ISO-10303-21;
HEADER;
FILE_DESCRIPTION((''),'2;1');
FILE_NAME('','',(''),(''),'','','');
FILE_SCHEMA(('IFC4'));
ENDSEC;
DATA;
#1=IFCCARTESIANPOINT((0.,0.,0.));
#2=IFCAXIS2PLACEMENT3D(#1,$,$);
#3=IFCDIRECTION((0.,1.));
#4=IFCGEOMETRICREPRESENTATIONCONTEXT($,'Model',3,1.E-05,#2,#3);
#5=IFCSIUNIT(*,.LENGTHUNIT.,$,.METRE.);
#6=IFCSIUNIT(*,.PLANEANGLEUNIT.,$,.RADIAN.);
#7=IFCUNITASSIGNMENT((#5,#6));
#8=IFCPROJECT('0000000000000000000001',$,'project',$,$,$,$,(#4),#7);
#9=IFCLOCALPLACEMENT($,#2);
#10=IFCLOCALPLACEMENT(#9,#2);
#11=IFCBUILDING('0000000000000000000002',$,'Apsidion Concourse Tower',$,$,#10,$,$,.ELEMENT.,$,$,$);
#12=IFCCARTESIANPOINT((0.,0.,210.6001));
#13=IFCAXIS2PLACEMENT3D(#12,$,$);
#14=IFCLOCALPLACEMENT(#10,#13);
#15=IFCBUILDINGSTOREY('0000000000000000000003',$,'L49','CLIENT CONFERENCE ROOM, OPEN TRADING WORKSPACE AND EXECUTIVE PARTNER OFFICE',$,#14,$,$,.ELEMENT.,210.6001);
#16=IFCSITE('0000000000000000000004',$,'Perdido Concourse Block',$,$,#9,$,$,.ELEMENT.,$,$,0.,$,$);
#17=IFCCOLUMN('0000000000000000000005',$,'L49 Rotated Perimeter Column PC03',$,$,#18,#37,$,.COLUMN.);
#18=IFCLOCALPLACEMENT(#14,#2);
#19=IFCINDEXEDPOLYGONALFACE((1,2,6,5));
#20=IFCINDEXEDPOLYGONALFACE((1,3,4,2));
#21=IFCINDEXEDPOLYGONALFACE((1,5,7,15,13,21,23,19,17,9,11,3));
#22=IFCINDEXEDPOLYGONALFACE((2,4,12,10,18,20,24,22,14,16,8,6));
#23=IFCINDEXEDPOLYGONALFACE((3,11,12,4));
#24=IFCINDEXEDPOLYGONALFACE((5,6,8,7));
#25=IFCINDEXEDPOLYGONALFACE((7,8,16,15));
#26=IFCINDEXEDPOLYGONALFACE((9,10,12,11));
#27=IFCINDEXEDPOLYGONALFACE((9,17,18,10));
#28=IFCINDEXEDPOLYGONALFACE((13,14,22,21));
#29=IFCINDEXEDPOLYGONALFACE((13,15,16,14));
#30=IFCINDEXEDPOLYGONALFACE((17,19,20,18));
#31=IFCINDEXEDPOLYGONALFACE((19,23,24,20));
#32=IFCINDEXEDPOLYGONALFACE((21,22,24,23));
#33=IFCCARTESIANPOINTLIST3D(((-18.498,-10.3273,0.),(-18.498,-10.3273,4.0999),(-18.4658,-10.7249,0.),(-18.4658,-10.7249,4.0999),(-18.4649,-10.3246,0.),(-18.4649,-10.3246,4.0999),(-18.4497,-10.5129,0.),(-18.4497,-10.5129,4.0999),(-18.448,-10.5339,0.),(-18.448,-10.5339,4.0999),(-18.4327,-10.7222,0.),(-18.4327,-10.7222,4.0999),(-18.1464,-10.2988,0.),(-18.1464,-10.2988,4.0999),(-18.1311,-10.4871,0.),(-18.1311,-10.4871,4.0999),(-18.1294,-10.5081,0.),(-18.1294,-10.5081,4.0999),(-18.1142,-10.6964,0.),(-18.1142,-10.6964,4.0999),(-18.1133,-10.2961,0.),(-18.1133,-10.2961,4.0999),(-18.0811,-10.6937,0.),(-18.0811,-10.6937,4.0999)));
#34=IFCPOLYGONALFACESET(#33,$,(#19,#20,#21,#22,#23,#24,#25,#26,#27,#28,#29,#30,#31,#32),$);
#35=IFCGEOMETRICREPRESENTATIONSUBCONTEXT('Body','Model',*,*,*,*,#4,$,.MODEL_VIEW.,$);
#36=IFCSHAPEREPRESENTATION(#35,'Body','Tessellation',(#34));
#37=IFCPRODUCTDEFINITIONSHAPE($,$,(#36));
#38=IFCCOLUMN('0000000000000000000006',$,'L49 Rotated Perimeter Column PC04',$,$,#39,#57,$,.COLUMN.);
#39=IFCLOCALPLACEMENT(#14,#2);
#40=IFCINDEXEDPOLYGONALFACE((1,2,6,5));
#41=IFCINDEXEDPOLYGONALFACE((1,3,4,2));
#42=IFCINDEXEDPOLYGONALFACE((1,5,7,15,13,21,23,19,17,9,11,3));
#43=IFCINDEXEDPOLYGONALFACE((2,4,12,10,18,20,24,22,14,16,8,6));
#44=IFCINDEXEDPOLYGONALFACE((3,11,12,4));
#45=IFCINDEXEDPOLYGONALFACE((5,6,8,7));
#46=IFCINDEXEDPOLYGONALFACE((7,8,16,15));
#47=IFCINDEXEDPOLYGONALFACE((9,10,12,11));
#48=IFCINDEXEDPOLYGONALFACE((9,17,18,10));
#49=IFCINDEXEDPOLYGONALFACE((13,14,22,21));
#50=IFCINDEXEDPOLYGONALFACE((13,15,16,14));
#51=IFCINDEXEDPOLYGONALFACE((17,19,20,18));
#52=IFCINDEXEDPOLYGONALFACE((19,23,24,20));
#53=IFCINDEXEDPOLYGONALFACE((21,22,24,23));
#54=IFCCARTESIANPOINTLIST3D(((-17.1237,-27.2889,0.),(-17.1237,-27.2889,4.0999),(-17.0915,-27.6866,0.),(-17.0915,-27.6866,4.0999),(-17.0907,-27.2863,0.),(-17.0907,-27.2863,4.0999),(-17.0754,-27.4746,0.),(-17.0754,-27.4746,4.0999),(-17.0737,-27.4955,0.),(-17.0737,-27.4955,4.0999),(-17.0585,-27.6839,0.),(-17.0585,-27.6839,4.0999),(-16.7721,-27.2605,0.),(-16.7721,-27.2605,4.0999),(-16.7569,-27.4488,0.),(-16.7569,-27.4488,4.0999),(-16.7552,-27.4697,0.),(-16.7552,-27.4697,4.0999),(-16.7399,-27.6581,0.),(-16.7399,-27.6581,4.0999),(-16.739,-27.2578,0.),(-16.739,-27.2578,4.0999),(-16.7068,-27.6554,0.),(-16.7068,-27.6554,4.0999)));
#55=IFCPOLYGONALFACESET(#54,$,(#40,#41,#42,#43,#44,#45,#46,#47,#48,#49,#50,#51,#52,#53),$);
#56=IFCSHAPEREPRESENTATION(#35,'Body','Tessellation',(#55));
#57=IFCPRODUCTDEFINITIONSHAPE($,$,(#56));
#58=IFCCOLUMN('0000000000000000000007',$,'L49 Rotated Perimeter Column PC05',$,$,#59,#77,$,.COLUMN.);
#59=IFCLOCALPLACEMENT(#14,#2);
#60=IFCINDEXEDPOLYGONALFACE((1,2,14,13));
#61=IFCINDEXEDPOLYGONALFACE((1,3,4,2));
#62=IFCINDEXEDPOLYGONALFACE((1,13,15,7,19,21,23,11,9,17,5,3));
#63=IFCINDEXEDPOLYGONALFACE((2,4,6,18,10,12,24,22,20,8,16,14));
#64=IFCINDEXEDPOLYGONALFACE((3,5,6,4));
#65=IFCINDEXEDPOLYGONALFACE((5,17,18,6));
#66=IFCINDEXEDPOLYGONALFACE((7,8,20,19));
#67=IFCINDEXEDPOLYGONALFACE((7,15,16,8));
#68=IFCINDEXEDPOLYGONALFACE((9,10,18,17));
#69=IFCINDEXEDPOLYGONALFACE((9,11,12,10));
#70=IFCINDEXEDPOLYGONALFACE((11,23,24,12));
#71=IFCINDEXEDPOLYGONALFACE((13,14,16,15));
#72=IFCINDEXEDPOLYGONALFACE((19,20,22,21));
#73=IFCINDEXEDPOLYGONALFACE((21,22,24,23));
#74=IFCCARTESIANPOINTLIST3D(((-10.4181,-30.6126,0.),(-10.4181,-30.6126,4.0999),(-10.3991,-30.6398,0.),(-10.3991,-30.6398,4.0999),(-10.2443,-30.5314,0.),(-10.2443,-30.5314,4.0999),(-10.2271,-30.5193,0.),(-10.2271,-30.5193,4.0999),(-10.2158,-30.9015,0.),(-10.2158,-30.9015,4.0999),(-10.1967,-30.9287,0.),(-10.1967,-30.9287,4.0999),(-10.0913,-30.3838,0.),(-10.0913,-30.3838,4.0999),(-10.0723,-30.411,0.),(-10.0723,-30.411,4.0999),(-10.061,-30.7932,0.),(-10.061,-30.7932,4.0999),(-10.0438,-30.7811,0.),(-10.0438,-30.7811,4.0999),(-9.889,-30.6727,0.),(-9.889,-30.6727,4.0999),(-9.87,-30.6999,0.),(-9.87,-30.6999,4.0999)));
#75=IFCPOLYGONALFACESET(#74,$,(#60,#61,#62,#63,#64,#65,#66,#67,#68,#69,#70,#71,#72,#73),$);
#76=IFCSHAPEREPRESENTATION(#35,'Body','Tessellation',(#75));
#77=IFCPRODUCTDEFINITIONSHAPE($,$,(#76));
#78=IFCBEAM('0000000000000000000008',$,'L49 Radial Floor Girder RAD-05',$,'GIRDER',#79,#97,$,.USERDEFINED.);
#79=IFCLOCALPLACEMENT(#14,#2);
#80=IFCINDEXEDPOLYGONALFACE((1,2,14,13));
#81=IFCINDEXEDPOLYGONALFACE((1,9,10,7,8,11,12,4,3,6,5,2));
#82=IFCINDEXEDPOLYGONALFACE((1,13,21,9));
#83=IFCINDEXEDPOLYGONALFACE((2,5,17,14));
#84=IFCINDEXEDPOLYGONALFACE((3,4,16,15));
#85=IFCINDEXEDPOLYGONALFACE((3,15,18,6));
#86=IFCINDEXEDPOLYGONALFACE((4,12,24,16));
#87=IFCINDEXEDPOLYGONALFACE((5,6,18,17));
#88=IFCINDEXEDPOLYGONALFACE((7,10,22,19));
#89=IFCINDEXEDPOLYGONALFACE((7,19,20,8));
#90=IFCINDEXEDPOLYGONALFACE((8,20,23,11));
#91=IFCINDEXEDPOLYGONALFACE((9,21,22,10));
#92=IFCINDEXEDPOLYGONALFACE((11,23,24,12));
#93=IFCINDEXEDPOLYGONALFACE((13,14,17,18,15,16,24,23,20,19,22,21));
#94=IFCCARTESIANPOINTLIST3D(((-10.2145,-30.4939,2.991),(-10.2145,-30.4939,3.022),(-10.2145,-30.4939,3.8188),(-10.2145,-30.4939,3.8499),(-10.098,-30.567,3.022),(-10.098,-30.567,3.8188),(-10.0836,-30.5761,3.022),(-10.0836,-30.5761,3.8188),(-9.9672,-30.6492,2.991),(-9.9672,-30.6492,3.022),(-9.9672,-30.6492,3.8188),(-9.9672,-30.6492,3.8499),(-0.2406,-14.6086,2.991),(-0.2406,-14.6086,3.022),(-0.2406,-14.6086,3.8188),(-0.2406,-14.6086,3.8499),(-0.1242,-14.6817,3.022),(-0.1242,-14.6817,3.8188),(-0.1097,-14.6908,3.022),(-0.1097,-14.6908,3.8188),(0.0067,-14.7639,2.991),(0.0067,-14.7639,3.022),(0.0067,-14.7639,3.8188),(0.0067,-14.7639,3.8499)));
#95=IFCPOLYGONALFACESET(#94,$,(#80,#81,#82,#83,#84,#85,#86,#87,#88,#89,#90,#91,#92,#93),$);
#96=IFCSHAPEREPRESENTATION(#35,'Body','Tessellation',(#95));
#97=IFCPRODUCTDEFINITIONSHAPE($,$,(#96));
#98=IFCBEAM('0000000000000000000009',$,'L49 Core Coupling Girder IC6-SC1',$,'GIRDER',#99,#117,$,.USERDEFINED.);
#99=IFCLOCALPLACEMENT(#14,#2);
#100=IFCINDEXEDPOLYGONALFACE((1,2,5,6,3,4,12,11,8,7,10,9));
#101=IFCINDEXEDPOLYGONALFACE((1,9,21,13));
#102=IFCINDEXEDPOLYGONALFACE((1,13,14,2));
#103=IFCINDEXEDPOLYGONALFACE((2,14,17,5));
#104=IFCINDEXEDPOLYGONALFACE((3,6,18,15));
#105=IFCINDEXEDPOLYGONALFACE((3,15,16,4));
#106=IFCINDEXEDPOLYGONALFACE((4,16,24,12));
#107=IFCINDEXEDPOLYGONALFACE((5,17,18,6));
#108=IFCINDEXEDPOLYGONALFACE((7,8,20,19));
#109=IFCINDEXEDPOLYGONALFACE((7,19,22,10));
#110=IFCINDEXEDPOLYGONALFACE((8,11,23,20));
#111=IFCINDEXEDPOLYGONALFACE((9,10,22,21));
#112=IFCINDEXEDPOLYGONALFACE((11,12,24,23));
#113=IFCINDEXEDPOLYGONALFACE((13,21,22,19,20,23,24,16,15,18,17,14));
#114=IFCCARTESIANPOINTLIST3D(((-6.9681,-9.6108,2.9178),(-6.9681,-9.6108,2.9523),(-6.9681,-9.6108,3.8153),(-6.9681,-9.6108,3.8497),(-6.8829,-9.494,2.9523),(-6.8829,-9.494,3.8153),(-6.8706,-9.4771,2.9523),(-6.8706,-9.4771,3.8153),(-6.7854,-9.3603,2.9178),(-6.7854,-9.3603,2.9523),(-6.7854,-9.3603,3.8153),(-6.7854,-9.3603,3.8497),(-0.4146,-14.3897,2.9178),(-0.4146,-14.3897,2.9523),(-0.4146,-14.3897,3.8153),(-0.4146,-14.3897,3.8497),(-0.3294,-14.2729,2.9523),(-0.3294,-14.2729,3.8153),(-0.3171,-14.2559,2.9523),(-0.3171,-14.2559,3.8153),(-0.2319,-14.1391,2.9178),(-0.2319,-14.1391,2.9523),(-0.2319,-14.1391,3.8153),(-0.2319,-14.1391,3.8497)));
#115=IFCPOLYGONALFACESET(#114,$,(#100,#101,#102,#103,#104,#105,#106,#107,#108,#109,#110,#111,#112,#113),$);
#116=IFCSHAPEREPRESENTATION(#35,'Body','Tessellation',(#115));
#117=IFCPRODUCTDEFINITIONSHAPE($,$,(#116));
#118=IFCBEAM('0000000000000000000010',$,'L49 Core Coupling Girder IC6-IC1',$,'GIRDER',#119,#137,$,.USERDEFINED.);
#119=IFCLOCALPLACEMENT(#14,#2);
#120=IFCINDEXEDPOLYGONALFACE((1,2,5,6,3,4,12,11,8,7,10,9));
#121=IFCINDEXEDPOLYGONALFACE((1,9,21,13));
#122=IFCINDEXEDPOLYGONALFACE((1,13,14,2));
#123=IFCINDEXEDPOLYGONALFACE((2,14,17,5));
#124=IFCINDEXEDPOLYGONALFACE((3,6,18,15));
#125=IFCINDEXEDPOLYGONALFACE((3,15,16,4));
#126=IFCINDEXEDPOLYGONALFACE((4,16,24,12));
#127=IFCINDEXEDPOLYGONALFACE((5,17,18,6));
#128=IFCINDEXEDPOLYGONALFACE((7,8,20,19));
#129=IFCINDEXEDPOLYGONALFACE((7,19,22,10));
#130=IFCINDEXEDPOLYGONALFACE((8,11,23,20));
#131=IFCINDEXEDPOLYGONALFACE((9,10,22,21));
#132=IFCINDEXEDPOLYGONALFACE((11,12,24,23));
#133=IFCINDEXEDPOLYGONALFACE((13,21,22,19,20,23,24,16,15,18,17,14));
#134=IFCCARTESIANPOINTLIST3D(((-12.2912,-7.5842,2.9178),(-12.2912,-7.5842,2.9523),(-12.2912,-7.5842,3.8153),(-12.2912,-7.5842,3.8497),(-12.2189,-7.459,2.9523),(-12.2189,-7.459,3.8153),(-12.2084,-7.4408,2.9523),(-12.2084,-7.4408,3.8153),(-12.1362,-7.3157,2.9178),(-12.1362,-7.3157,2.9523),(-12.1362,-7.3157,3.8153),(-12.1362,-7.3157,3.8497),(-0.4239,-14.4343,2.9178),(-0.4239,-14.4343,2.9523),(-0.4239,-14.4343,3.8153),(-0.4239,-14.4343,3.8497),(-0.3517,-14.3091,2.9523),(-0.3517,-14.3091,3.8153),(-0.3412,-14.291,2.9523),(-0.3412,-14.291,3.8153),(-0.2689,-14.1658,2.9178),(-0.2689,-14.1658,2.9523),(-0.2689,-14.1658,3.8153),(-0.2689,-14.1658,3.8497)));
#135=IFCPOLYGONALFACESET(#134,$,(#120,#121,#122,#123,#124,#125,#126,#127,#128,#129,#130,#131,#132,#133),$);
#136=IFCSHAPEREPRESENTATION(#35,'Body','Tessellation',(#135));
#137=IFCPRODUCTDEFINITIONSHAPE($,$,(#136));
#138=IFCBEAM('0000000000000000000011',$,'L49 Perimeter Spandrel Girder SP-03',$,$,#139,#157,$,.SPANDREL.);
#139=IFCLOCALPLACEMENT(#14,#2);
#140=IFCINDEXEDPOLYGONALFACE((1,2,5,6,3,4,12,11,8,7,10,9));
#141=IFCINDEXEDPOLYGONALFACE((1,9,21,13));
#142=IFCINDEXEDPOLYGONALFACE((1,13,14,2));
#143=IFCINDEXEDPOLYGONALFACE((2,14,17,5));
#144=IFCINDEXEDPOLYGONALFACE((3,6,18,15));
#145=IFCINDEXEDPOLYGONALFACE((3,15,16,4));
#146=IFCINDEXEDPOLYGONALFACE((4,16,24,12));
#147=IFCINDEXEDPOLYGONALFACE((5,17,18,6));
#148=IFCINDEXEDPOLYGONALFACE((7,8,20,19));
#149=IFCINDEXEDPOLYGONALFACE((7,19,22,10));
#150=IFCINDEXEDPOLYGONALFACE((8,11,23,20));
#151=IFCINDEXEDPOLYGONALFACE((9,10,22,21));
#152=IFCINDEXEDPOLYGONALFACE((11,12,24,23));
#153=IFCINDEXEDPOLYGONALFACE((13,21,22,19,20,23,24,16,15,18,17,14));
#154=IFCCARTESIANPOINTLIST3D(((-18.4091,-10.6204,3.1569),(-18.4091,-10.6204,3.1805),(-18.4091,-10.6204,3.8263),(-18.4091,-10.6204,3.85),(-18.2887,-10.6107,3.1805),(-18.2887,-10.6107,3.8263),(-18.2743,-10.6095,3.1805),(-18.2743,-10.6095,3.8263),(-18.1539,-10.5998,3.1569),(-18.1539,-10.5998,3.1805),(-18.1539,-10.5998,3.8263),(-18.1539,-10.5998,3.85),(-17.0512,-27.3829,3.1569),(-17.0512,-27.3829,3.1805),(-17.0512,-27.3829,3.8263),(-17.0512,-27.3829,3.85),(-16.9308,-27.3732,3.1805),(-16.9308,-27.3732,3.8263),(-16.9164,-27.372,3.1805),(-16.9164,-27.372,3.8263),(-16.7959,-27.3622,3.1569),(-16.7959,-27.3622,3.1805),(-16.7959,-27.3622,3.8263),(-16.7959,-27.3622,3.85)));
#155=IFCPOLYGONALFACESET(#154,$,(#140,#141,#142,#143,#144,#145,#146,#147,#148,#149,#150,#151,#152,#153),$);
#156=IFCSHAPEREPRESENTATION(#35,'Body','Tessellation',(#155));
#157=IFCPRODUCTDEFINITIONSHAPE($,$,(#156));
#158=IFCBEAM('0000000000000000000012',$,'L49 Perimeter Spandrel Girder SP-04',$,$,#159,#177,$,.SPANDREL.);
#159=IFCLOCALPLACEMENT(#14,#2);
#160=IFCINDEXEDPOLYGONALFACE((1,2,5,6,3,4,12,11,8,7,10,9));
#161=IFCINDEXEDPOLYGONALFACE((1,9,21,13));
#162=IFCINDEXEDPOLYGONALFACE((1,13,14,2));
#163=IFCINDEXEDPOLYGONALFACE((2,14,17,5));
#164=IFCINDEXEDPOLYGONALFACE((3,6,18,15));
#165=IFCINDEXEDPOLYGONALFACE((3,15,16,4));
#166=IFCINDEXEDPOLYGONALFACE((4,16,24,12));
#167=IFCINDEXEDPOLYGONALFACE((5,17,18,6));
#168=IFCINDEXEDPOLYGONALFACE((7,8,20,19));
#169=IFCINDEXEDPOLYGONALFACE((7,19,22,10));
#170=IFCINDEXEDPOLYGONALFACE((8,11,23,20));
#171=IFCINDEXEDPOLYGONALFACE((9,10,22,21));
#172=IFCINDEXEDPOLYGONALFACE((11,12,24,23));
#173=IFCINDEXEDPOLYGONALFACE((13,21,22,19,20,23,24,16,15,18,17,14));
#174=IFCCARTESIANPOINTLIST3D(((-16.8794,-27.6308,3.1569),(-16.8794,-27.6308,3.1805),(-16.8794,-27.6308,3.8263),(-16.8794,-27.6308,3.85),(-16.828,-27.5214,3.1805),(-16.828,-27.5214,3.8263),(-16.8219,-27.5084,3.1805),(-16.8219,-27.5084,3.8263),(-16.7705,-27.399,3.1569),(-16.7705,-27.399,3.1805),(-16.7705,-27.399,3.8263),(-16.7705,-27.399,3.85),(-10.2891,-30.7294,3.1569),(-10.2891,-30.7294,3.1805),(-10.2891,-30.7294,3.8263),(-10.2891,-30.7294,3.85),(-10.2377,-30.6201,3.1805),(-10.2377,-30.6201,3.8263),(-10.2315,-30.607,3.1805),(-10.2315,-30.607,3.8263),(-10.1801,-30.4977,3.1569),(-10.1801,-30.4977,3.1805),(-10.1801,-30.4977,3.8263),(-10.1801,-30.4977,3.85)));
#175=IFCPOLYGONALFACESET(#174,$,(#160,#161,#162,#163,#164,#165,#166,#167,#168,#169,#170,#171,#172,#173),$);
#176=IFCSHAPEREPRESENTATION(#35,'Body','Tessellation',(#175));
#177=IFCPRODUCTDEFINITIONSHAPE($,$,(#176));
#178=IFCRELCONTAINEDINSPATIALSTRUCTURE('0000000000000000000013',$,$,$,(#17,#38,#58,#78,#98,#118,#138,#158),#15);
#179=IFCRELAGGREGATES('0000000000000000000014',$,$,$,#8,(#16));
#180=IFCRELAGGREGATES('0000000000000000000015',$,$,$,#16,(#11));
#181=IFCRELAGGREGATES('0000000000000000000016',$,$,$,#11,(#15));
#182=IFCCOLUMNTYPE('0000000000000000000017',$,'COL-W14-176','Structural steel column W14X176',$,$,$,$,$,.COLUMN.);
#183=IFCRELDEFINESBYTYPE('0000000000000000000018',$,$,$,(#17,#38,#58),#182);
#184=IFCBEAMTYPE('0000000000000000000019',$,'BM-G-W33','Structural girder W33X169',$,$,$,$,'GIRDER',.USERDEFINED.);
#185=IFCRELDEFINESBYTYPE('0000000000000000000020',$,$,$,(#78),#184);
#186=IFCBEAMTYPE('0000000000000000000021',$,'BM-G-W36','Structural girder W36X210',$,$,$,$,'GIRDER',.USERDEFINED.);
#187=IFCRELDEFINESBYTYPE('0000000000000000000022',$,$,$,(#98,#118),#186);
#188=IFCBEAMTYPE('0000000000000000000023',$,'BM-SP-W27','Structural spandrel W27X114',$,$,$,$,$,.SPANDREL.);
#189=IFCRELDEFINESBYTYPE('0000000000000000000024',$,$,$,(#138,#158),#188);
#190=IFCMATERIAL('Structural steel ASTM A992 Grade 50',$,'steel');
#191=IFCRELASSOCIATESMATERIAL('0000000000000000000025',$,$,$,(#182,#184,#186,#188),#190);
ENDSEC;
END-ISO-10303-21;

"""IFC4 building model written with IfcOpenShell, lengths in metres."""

from ifc_helpers import new_model, si_unit, direction, frame, origin, origin_2d, place, context, subcontext, project, spatial, i_section, extrude, material, material_profile, profile_set, type_object, element, save


model = new_model("IFC4")

# Units and contexts
model_context = context("Model", 3, precision=1e-05, world=origin(), true_north=direction((0.0, 1.0)))
body_context = subcontext(model_context, "Body", "Model", "MODEL_VIEW")
ifc_project = project(units=[si_unit("LENGTHUNIT", "METRE"), si_unit("PLANEANGLEUNIT", "RADIAN")], contexts=[model_context])

# Site, building, storey
site_placement = place(None, origin())
site = spatial("IfcSite", under=ifc_project, at=site_placement, Name="Perdido Concourse Block", CompositionType="ELEMENT", RefElevation=0.0)
building_placement = place(site_placement, origin())
building = spatial("IfcBuilding", under=site, at=building_placement, Name="Apsidion Concourse Tower", CompositionType="ELEMENT")
storey_placement = place(building_placement, frame((0.0, 0.0, 210.6001)))
storey = spatial("IfcBuildingStorey", under=building, at=storey_placement, Name="L49", Description="CLIENT CONFERENCE ROOM, OPEN TRADING WORKSPACE AND EXECUTIVE PARTNER OFFICE", CompositionType="ELEMENT", Elevation=210.6001)

# Columns
ifc_material_1 = material(Name="Structural steel ASTM A992 Grade 50", Category="steel")
ifc_material_profile_1 = material_profile(ifc_material_1, i_section(OverallWidth=0.3989, OverallDepth=0.386, WebThickness=0.021, FlangeThickness=0.0332, at=origin_2d()), Name="W14X176")
ifc_profile_set_1 = profile_set([ifc_material_profile_1], Name="Structural steel ASTM A992 Grade 50")
column_type = type_object("IfcColumnType", Name="COL-W14-176", Description="Structural steel column W14X176", PredefinedType="COLUMN", material=ifc_profile_set_1)
for number, where, z_axis, x_axis, name in (
    (1, (-18.2896, -10.5105, 0.0), (0.0, 0.0, 1.0), (-0.080721, 0.996737, 0.0), "L49 Rotated Perimeter Column PC03"),
    (2, (-16.9153, -27.4722, 0.0), (0.0, 0.0, 1.0), (-0.080721, 0.996737, 0.0), "L49 Rotated Perimeter Column PC04"),
    (3, (-10.144, -30.6562, 0.0), (0.0, 0.0, 1.0), (0.819152, 0.573576, 0.0), "L49 Rotated Perimeter Column PC05"),
):
    element("IfcColumn", number, at=place(storey_placement, frame(where, z_axis=z_axis, x_axis=x_axis)), inside=storey, type_object=column_type, Name=name, PredefinedType="COLUMN", context=body_context, shape_type="SweptSolid", body=[
        extrude(i_section(OverallWidth=0.3989, OverallDepth=0.386, WebThickness=0.021, FlangeThickness=0.0332, at=origin_2d()), origin(), (0.0, 0.0, 1.0), 4.0999),
    ])

# Beams
ifc_material_profile_2 = material_profile(ifc_material_1, i_section(OverallWidth=0.292, OverallDepth=0.8589, WebThickness=0.0171, FlangeThickness=0.031, at=origin_2d()), Name="W33X169")
ifc_profile_set_2 = profile_set([ifc_material_profile_2], Name="Structural steel ASTM A992 Grade 50")
beam_type_1 = type_object("IfcBeamType", Name="BM-G-W33", Description="Structural girder W33X169", ElementType="GIRDER", PredefinedType="USERDEFINED", material=ifc_profile_set_2)
beam_1_placement = place(storey_placement, frame((-0.1169, -14.6863, 3.4204), z_axis=(-0.531746, -0.846904, 0.0), x_axis=(0.846904, -0.531746, 0.0)))
element("IfcBeam", 4, at=beam_1_placement, inside=storey, type_object=beam_type_1, Name="L49 Radial Floor Girder RAD-05", ObjectType="GIRDER", PredefinedType="USERDEFINED", context=body_context, shape_type="SweptSolid", body=[
    extrude(i_section(OverallWidth=0.292, OverallDepth=0.8589, WebThickness=0.0171, FlangeThickness=0.031, at=origin_2d()), origin(), (0.0, 0.0, 1.0), 18.7568),
])
ifc_material_profile_3 = material_profile(ifc_material_1, i_section(OverallWidth=0.3101, OverallDepth=0.9319, WebThickness=0.021, FlangeThickness=0.0344, at=origin_2d()), Name="W36X210")
ifc_profile_set_3 = profile_set([ifc_material_profile_3], Name="Structural steel ASTM A992 Grade 50")
beam_type_2 = type_object("IfcBeamType", Name="BM-G-W36", Description="Structural girder W36X210", ElementType="GIRDER", PredefinedType="USERDEFINED", material=ifc_profile_set_3)
beam_2_placement = place(storey_placement, frame((-0.3232, -14.2644, 3.3838), z_axis=(-0.807993, 0.589191, 0.0), x_axis=(-0.589191, -0.807993, 0.0)))
element("IfcBeam", 5, at=beam_2_placement, inside=storey, type_object=beam_type_2, Name="L49 Core Coupling Girder IC6-SC1", ObjectType="GIRDER", PredefinedType="USERDEFINED", context=body_context, shape_type="SweptSolid", body=[
    extrude(i_section(OverallWidth=0.3101, OverallDepth=0.9319, WebThickness=0.021, FlangeThickness=0.0344, at=origin_2d()), origin(), (0.0, 0.0, 1.0), 8.1108),
])
beam_3_placement = place(storey_placement, frame((-0.3464, -14.3, 3.3838), z_axis=(-0.86607, 0.499922, 0.0), x_axis=(-0.499922, -0.86607, 0.0)))
element("IfcBeam", 6, at=beam_3_placement, inside=storey, type_object=beam_type_2, Name="L49 Core Coupling Girder IC6-IC1", ObjectType="GIRDER", PredefinedType="USERDEFINED", context=body_context, shape_type="SweptSolid", body=[
    extrude(i_section(OverallWidth=0.3101, OverallDepth=0.9319, WebThickness=0.021, FlangeThickness=0.0344, at=origin_2d()), origin(), (0.0, 0.0, 1.0), 13.7024),
])
ifc_material_profile_4 = material_profile(ifc_material_1, i_section(OverallWidth=0.2561, OverallDepth=0.6931, WebThickness=0.0144, FlangeThickness=0.0237, at=origin_2d()), Name="W27X114")
ifc_profile_set_4 = profile_set([ifc_material_profile_4], Name="Structural steel ASTM A992 Grade 50")
beam_type_3 = type_object("IfcBeamType", Name="BM-SP-W27", Description="Structural spandrel W27X114", PredefinedType="SPANDREL", material=ifc_profile_set_4)
beam_4_placement = place(storey_placement, frame((-18.2815, -10.6101, 3.5034), z_axis=(0.080745, -0.996735, 0.0), x_axis=(0.996735, 0.080745, 0.0)))
element("IfcBeam", 7, at=beam_4_placement, inside=storey, type_object=beam_type_3, Name="L49 Perimeter Spandrel Girder SP-03", PredefinedType="SPANDREL", context=body_context, shape_type="SweptSolid", body=[
    extrude(i_section(OverallWidth=0.2561, OverallDepth=0.6931, WebThickness=0.0144, FlangeThickness=0.0237, at=origin_2d()), origin(), (0.0, 0.0, 1.0), 16.8174),
])
beam_5_placement = place(storey_placement, frame((-16.825, -27.5149, 3.5034), z_axis=(0.904961, -0.425493, 0.0), x_axis=(0.425493, 0.904961, 0.0)))
element("IfcBeam", 8, at=beam_5_placement, inside=storey, type_object=beam_type_3, Name="L49 Perimeter Spandrel Girder SP-04", PredefinedType="SPANDREL", context=body_context, shape_type="SweptSolid", body=[
    extrude(i_section(OverallWidth=0.2561, OverallDepth=0.6931, WebThickness=0.0144, FlangeThickness=0.0237, at=origin_2d()), origin(), (0.0, 0.0, 1.0), 7.2825),
])

save(model, "model.ifc")
